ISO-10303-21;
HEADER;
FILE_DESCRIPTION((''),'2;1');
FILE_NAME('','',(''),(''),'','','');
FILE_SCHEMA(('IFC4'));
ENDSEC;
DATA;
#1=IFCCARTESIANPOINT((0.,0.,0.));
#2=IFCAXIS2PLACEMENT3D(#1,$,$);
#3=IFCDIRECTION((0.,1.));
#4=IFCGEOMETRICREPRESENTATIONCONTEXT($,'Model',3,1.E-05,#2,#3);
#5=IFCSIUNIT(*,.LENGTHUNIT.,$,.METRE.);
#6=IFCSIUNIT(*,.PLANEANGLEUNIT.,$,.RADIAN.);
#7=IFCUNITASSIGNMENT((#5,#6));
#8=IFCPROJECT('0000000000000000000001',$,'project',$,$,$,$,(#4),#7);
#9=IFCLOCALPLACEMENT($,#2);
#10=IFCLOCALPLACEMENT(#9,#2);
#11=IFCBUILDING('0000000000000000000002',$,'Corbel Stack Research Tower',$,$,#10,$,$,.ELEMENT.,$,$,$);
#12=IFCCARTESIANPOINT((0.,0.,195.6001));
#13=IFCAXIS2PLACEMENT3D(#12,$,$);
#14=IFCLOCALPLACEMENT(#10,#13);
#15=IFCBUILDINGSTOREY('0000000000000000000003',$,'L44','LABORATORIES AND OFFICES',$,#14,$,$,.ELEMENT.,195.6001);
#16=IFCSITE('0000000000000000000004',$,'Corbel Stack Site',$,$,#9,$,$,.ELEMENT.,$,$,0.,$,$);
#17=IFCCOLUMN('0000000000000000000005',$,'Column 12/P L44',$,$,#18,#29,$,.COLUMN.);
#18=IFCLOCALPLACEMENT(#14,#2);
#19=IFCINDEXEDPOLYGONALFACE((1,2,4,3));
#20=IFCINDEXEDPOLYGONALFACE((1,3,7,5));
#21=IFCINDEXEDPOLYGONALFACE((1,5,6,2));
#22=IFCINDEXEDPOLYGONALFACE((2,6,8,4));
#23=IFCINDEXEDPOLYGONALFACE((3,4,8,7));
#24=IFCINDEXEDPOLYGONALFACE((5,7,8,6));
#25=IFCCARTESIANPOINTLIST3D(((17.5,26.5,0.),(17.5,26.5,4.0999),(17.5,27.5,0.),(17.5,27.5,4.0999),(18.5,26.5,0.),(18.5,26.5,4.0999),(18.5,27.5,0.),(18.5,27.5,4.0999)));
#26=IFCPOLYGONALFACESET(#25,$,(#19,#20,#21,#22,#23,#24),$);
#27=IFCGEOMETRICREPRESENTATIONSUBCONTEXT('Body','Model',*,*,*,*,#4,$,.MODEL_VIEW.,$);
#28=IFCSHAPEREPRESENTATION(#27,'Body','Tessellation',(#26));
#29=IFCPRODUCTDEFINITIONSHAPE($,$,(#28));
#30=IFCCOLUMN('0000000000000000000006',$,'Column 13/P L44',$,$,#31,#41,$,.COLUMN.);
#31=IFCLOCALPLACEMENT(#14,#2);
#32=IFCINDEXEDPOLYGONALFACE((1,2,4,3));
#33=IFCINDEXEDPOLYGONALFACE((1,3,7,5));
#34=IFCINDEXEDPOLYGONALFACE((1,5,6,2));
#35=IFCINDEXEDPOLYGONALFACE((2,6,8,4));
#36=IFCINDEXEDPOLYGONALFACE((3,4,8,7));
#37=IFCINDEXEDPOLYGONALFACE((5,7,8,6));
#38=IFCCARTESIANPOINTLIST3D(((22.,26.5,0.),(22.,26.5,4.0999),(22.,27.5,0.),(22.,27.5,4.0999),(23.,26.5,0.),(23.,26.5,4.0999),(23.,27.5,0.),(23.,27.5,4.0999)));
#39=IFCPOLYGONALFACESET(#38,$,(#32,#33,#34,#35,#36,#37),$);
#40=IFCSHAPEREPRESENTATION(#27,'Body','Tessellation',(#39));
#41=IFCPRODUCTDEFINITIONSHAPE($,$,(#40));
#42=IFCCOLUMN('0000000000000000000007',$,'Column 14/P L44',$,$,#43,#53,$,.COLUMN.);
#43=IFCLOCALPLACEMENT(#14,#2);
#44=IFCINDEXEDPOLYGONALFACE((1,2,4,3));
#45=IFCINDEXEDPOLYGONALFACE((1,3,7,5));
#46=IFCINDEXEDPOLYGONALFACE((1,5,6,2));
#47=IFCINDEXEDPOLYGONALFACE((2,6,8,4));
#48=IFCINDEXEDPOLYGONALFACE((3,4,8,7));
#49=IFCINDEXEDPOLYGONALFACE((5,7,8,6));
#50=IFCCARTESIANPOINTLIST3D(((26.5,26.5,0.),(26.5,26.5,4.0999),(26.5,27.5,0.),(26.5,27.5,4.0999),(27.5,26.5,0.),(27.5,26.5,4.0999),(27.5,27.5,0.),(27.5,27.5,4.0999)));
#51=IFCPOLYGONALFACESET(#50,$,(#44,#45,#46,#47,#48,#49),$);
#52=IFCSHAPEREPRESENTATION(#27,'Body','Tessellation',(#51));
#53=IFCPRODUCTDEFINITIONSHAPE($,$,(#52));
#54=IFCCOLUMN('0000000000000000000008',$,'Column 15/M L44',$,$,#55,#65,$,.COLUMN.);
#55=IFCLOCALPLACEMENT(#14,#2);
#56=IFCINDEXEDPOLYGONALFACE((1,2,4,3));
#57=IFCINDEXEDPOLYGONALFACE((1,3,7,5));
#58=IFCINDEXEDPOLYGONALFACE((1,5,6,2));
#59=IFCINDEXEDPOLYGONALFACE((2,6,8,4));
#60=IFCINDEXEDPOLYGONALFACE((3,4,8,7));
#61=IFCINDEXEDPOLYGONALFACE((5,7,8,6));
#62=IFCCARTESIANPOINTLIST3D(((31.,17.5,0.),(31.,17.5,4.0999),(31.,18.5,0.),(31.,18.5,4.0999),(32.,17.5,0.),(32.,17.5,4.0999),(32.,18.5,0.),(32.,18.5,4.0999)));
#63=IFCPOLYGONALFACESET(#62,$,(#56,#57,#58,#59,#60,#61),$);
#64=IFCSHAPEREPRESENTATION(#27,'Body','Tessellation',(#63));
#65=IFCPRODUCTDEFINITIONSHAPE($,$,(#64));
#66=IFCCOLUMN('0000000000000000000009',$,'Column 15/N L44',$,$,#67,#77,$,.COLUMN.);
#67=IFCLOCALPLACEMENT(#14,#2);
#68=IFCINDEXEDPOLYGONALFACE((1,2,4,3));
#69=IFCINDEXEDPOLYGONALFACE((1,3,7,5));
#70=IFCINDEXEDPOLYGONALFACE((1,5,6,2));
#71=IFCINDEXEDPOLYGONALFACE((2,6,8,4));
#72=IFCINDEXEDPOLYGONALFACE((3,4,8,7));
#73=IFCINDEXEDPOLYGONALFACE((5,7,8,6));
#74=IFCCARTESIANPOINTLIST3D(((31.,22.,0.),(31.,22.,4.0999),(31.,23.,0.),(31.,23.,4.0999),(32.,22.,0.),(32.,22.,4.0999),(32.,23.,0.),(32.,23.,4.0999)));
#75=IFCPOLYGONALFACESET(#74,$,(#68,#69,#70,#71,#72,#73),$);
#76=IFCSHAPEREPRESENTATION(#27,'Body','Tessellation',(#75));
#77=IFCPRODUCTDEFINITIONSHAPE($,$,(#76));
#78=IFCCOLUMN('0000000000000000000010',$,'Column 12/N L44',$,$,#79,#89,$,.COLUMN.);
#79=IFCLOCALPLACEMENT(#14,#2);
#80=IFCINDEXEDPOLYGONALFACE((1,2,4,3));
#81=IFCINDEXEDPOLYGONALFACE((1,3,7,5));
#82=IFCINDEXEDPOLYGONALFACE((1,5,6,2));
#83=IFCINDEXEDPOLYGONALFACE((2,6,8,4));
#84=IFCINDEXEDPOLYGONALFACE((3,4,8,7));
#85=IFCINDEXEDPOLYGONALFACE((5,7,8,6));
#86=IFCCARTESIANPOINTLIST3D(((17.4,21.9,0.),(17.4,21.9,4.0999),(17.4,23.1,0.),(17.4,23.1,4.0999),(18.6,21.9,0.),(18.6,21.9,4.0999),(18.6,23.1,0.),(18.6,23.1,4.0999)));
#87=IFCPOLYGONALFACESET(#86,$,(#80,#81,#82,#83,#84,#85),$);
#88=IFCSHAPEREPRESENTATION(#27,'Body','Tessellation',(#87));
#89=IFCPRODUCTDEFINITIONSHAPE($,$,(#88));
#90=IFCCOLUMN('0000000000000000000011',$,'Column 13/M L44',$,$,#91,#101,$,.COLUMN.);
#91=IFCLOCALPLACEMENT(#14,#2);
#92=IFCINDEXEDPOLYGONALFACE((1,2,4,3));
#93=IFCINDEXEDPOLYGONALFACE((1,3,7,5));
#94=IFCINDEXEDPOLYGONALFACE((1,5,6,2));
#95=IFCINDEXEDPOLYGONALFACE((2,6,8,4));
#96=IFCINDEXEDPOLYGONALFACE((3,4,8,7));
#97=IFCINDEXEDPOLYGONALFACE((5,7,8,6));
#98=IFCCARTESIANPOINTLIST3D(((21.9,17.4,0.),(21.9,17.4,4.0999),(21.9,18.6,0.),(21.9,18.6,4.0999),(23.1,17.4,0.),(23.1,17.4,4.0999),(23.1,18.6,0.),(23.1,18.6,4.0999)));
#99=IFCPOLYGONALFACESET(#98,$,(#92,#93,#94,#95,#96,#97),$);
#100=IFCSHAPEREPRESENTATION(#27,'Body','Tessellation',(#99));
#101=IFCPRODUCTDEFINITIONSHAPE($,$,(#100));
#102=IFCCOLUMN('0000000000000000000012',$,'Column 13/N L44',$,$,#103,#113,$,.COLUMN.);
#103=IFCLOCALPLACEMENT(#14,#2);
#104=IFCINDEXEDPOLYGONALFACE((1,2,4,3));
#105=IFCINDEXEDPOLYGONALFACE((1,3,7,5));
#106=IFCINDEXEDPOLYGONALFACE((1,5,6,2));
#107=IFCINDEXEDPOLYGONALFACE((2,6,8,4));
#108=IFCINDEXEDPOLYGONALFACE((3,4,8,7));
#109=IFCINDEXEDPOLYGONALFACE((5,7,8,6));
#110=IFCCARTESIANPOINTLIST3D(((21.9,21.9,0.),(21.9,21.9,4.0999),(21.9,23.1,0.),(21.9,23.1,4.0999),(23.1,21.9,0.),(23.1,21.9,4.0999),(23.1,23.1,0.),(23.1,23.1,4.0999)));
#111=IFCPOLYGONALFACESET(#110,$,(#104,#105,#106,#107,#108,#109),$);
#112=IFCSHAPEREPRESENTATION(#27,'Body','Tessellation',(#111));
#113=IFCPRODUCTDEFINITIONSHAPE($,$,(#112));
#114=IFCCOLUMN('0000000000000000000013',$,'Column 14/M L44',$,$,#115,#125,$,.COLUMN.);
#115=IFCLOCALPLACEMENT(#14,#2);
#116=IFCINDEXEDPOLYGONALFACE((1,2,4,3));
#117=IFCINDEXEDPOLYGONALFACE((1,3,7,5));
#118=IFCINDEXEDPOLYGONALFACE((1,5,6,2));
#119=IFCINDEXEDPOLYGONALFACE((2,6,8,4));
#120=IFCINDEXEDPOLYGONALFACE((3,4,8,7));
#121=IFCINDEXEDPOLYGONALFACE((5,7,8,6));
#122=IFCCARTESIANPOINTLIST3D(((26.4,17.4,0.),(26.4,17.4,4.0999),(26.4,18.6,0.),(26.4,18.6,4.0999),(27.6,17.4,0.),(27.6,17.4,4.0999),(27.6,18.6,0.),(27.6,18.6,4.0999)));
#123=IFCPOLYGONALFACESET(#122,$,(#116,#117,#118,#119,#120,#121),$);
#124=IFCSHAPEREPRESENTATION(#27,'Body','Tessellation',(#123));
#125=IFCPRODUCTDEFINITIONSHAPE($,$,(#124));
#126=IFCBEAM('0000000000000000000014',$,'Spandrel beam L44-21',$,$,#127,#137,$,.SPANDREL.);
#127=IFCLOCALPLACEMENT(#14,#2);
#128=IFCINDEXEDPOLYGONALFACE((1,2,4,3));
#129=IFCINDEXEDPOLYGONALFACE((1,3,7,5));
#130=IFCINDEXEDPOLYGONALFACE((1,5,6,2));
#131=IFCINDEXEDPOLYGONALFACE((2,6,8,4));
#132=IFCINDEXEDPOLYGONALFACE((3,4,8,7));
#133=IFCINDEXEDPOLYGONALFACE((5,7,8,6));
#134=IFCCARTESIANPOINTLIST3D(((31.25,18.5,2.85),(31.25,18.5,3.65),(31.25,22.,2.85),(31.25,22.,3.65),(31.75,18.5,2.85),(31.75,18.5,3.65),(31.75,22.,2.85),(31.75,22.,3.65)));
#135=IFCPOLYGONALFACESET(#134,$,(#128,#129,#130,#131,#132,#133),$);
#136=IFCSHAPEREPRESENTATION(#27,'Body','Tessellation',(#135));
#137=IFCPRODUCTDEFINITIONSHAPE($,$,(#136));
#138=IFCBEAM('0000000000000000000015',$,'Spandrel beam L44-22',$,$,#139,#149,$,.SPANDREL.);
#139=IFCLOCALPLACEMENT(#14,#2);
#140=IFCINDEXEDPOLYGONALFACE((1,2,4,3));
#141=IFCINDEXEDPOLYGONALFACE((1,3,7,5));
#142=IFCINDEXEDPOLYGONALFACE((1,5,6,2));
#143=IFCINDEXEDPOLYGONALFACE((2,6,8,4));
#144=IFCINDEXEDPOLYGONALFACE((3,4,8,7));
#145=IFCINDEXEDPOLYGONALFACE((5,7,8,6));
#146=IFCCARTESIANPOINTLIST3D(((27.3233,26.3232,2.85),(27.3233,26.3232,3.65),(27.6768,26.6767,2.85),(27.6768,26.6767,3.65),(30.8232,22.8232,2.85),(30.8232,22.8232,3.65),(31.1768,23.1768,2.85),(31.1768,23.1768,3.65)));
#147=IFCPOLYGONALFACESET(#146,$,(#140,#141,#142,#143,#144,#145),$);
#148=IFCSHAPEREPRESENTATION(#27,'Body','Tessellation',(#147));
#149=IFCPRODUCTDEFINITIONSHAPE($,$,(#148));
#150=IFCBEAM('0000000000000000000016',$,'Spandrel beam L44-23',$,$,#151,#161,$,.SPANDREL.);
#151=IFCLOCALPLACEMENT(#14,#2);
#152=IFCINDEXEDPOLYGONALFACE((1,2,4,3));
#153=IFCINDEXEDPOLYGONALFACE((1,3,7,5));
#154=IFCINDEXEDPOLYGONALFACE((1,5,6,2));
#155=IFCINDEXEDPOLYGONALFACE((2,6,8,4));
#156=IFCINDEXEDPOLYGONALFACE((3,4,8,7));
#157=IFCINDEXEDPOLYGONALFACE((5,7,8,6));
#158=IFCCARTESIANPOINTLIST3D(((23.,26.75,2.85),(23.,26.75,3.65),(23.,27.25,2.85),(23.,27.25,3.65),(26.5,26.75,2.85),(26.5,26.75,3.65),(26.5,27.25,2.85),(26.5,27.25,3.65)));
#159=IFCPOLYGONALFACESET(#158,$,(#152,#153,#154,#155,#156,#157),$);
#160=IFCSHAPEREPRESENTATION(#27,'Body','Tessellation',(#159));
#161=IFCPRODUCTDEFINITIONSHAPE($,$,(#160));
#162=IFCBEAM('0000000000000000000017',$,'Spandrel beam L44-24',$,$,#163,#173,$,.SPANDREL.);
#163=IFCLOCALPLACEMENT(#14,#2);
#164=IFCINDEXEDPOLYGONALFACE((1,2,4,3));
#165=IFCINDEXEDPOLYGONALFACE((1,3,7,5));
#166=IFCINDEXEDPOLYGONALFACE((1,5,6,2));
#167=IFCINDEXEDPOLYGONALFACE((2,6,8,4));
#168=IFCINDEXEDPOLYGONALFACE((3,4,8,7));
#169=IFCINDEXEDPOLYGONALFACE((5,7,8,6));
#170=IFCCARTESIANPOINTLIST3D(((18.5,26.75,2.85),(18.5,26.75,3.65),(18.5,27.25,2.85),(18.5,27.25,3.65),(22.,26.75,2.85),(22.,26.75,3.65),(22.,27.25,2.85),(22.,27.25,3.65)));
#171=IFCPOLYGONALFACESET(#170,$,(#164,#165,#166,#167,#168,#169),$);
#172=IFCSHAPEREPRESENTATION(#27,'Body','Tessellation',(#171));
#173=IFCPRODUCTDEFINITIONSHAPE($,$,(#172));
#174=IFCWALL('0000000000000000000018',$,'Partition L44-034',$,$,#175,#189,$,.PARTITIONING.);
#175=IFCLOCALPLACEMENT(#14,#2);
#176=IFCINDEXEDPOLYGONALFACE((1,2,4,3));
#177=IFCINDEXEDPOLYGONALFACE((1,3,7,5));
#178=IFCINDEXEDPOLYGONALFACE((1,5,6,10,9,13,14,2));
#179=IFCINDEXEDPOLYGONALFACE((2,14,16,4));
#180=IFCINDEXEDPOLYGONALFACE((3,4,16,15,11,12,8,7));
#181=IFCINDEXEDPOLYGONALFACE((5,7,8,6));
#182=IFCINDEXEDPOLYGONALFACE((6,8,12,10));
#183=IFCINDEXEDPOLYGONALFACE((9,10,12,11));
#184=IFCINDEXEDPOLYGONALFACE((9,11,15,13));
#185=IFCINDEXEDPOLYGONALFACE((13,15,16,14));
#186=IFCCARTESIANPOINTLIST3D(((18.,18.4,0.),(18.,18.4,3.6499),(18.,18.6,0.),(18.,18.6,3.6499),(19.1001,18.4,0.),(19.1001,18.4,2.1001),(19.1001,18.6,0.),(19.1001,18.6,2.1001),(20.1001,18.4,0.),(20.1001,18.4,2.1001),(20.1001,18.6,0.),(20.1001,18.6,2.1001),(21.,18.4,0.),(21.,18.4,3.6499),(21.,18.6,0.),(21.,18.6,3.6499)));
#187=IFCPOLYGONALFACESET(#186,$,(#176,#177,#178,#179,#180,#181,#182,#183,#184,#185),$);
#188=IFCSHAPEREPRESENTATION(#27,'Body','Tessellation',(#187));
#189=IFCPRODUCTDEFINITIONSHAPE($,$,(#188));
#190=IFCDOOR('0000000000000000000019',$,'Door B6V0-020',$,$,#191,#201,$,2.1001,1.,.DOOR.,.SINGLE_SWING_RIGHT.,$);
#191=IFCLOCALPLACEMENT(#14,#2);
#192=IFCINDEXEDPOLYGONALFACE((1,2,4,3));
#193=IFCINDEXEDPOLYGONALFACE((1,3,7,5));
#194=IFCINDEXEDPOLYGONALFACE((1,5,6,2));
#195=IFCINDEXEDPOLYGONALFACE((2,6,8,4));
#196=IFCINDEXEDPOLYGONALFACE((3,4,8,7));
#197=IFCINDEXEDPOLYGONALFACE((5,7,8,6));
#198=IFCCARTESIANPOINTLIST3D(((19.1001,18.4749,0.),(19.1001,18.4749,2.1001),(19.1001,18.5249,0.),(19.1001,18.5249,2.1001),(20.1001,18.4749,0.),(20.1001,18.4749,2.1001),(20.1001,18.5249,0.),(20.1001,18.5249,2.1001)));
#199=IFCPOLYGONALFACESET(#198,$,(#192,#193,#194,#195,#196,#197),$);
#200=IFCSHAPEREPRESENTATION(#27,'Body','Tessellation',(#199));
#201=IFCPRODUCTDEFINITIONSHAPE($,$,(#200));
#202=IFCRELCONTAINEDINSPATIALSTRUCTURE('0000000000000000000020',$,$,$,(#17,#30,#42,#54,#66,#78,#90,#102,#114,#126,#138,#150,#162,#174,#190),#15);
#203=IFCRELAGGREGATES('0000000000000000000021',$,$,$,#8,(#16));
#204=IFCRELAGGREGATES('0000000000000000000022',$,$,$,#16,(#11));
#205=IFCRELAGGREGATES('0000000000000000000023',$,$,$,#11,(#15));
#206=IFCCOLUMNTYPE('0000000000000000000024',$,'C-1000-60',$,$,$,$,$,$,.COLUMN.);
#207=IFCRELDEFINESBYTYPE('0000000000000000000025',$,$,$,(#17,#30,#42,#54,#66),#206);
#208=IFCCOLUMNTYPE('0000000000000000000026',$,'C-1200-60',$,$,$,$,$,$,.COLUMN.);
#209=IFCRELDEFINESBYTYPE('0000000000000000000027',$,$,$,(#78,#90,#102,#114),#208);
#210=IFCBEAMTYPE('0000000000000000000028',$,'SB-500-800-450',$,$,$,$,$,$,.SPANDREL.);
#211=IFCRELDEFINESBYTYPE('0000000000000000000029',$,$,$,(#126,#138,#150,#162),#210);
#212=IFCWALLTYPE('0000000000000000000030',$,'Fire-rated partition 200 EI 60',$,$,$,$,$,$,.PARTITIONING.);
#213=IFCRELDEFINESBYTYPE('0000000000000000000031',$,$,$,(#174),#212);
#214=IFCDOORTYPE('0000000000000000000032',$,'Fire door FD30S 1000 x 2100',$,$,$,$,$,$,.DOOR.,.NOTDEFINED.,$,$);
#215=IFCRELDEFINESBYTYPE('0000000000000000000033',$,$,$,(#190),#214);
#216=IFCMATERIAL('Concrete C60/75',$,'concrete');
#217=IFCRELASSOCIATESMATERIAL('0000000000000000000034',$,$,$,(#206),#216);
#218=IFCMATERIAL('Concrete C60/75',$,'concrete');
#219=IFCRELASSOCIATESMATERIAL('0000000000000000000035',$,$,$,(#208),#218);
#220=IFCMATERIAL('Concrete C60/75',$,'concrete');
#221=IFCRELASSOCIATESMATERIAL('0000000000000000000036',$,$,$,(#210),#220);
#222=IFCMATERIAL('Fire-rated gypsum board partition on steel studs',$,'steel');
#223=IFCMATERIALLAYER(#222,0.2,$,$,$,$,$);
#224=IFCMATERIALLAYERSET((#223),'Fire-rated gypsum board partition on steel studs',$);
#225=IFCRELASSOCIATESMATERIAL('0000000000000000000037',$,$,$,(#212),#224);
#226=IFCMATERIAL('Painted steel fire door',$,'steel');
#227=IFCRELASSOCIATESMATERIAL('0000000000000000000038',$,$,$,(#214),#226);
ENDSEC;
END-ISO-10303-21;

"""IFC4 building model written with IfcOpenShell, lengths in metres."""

from ifc_helpers import new_model, si_unit, direction, frame, frame_2d, origin, origin_2d, place, context, subcontext, project, spatial, rectangle, extrude, material, layer, layer_set, material_profile, profile_set, type_object, element, fill, save


model = new_model("IFC4")

# Units and contexts
model_context = context("Model", 3, precision=1e-05, world=origin(), true_north=direction((0.0, 1.0)))
body_context = subcontext(model_context, "Body", "Model", "MODEL_VIEW")
ifc_project = project(units=[si_unit("LENGTHUNIT", "METRE"), si_unit("PLANEANGLEUNIT", "RADIAN")], contexts=[model_context])

# Site, building, storey
site_placement = place(None, origin())
site = spatial("IfcSite", under=ifc_project, at=site_placement, Name="Corbel Stack Site", CompositionType="ELEMENT", RefElevation=0.0)
building_placement = place(site_placement, origin())
building = spatial("IfcBuilding", under=site, at=building_placement, Name="Corbel Stack Research Tower", CompositionType="ELEMENT")
storey_placement = place(building_placement, frame((0.0, 0.0, 195.6001)))
storey = spatial("IfcBuildingStorey", under=building, at=storey_placement, Name="L44", Description="LABORATORIES AND OFFICES", CompositionType="ELEMENT", Elevation=195.6001)

# Columns
ifc_material_1 = material(Name="Concrete C60/75", Category="concrete")
ifc_material_profile_1 = material_profile(ifc_material_1, rectangle(XDim=1.0, YDim=1.0, at=origin_2d()), Name="RC 1000 x 1000")
ifc_profile_set_1 = profile_set([ifc_material_profile_1], Name="Concrete C60/75")
column_type_1 = type_object("IfcColumnType", Name="C-1000-60", PredefinedType="COLUMN", material=ifc_profile_set_1)
for number, where, z_axis, x_axis, name in (
    (1, (18.0, 27.0, 0.0), (0.0, 0.0, 1.0), (1.0, 0.0, 0.0), "Column 12/P L44"),
    (2, (22.5, 27.0, 0.0), (0.0, 0.0, 1.0), (1.0, 0.0, 0.0), "Column 13/P L44"),
    (3, (27.0, 27.0, 0.0), (0.0, 0.0, 1.0), (1.0, 0.0, 0.0), "Column 14/P L44"),
    (4, (31.5, 18.0, 0.0), (0.0, 0.0, 1.0), (1.0, 0.0, 0.0), "Column 15/M L44"),
    (5, (31.5, 22.5, 0.0), (0.0, 0.0, 1.0), (1.0, 0.0, 0.0), "Column 15/N L44"),
):
    element("IfcColumn", number, at=place(storey_placement, frame(where, z_axis=z_axis, x_axis=x_axis)), inside=storey, type_object=column_type_1, Name=name, PredefinedType="COLUMN", context=body_context, shape_type="SweptSolid", body=[
        extrude(rectangle(XDim=1.0, YDim=1.0, at=origin_2d()), origin(), (0.0, 0.0, 1.0), 4.0999),
    ])
ifc_material_2 = material(Name="Concrete C60/75", Category="concrete")
ifc_material_profile_2 = material_profile(ifc_material_2, rectangle(XDim=1.2, YDim=1.2, at=origin_2d()), Name="RC 1200 x 1200")
ifc_profile_set_2 = profile_set([ifc_material_profile_2], Name="Concrete C60/75")
column_type_2 = type_object("IfcColumnType", Name="C-1200-60", PredefinedType="COLUMN", material=ifc_profile_set_2)
for number, where, z_axis, x_axis, name in (
    (6, (18.0, 22.5, 0.0), (0.0, 0.0, 1.0), (1.0, 0.0, 0.0), "Column 12/N L44"),
    (7, (22.5, 18.0, 0.0), (0.0, 0.0, 1.0), (1.0, 0.0, 0.0), "Column 13/M L44"),
    (8, (22.5, 22.5, 0.0), (0.0, 0.0, 1.0), (1.0, 0.0, 0.0), "Column 13/N L44"),
    (9, (27.0, 18.0, 0.0), (0.0, 0.0, 1.0), (1.0, 0.0, 0.0), "Column 14/M L44"),
):
    element("IfcColumn", number, at=place(storey_placement, frame(where, z_axis=z_axis, x_axis=x_axis)), inside=storey, type_object=column_type_2, Name=name, PredefinedType="COLUMN", context=body_context, shape_type="SweptSolid", body=[
        extrude(rectangle(XDim=1.2, YDim=1.2, at=origin_2d()), origin(), (0.0, 0.0, 1.0), 4.0999),
    ])

# Beams
ifc_material_3 = material(Name="Concrete C60/75", Category="concrete")
ifc_material_profile_3 = material_profile(ifc_material_3, rectangle(XDim=0.5, YDim=0.8, at=origin_2d()), Name="RC 500 x 800")
ifc_profile_set_3 = profile_set([ifc_material_profile_3], Name="Concrete C60/75")
beam_type = type_object("IfcBeamType", Name="SB-500-800-450", PredefinedType="SPANDREL", material=ifc_profile_set_3)
beam_1_placement = place(storey_placement, frame((31.5, 18.5, 3.25), z_axis=(0.0, 1.0, 0.0), x_axis=(-1.0, 0.0, 0.0)))
element("IfcBeam", 10, at=beam_1_placement, inside=storey, type_object=beam_type, Name="Spandrel beam L44-21", PredefinedType="SPANDREL", context=body_context, shape_type="SweptSolid", body=[
    extrude(rectangle(XDim=0.5, YDim=0.8, at=origin_2d()), origin(), (0.0, 0.0, 1.0), 3.5),
])
beam_2_placement = place(storey_placement, frame((31.0, 23.0, 3.25), z_axis=(-0.707107, 0.707107, 0.0), x_axis=(-0.707107, -0.707107, 0.0)))
element("IfcBeam", 11, at=beam_2_placement, inside=storey, type_object=beam_type, Name="Spandrel beam L44-22", PredefinedType="SPANDREL", context=body_context, shape_type="SweptSolid", body=[
    extrude(rectangle(XDim=0.5, YDim=0.8, at=origin_2d()), origin(), (0.0, 0.0, 1.0), 4.9497),
])
for number, where, z_axis, x_axis, name in (
    (12, (26.5, 27.0, 3.25), (-1.0, 0.0, 0.0), (0.0, -1.0, 0.0), "Spandrel beam L44-23"),
    (13, (22.0, 27.0, 3.25), (-1.0, 0.0, 0.0), (0.0, -1.0, 0.0), "Spandrel beam L44-24"),
):
    element("IfcBeam", number, at=place(storey_placement, frame(where, z_axis=z_axis, x_axis=x_axis)), inside=storey, type_object=beam_type, Name=name, PredefinedType="SPANDREL", context=body_context, shape_type="SweptSolid", body=[
        extrude(rectangle(XDim=0.5, YDim=0.8, at=origin_2d()), origin(), (0.0, 0.0, 1.0), 3.5),
    ])

# Wall, opening, door
ifc_material_4 = material(Name="Fire-rated gypsum board partition on steel studs", Category="steel")
ifc_layer_1 = layer(ifc_material_4, 0.2)
ifc_layer_set_1 = layer_set([ifc_layer_1], Name="Fire-rated gypsum board partition on steel studs")
wall_type_1 = type_object("IfcWallType", Name="Fire-rated partition 200 EI 60", PredefinedType="PARTITIONING", material=ifc_layer_set_1)
wall_1_placement = place(storey_placement, frame((18.0, 18.5, 0.0), z_axis=(0.0, 0.0, 1.0), x_axis=(1.0, 0.0, 0.0)))
wall_1 = element("IfcWall", 14, at=wall_1_placement, inside=storey, type_object=wall_type_1, Name="Partition L44-034", PredefinedType="PARTITIONING", context=body_context, shape_type="SweptSolid", body=[
    extrude(rectangle(XDim=3.0, YDim=0.2, at=frame_2d((1.5, 0.0))), origin(), (0.0, 0.0, 1.0), 3.6499),
])
opening_1_placement = place(wall_1_placement, frame((1.1001, 0.0, 0.0)))
opening_1 = element("IfcOpeningElement", 15, at=opening_1_placement, cuts=wall_1, PredefinedType="OPENING", context=body_context, shape_type="SweptSolid", body=[
    extrude(rectangle(XDim=1.0, YDim=2.1001, at=frame_2d((0.5, 1.05))), frame((0.0, 0.1099, 0.0), z_axis=(0.0, -1.0, 0.0), x_axis=(1.0, 0.0, 0.0)), (0.0, 0.0, 1.0), 0.22),
])
ifc_material_5 = material(Name="Painted steel fire door", Category="steel")
door_type_1 = type_object("IfcDoorType", Name="Fire door FD30S 1000 x 2100", OperationType="NOTDEFINED", PredefinedType="DOOR", material=ifc_material_5)
door_1_placement = place(opening_1_placement, origin())
door_1 = element("IfcDoor", 16, at=door_1_placement, inside=storey, type_object=door_type_1, Name="Door B6V0-020", OperationType="SINGLE_SWING_RIGHT", OverallHeight=2.1001, OverallWidth=1.0, PredefinedType="DOOR", context=body_context, shape_type="SweptSolid", body=[
    extrude(rectangle(XDim=1.0, YDim=2.1001, at=frame_2d((0.5, 1.05))), frame((0.0, 0.0249, 0.0), z_axis=(0.0, -1.0, 0.0), x_axis=(1.0, 0.0, 0.0)), (0.0, 0.0, 1.0), 0.05),
])
fill(opening_1, door_1)

save(model, "model.ifc")
